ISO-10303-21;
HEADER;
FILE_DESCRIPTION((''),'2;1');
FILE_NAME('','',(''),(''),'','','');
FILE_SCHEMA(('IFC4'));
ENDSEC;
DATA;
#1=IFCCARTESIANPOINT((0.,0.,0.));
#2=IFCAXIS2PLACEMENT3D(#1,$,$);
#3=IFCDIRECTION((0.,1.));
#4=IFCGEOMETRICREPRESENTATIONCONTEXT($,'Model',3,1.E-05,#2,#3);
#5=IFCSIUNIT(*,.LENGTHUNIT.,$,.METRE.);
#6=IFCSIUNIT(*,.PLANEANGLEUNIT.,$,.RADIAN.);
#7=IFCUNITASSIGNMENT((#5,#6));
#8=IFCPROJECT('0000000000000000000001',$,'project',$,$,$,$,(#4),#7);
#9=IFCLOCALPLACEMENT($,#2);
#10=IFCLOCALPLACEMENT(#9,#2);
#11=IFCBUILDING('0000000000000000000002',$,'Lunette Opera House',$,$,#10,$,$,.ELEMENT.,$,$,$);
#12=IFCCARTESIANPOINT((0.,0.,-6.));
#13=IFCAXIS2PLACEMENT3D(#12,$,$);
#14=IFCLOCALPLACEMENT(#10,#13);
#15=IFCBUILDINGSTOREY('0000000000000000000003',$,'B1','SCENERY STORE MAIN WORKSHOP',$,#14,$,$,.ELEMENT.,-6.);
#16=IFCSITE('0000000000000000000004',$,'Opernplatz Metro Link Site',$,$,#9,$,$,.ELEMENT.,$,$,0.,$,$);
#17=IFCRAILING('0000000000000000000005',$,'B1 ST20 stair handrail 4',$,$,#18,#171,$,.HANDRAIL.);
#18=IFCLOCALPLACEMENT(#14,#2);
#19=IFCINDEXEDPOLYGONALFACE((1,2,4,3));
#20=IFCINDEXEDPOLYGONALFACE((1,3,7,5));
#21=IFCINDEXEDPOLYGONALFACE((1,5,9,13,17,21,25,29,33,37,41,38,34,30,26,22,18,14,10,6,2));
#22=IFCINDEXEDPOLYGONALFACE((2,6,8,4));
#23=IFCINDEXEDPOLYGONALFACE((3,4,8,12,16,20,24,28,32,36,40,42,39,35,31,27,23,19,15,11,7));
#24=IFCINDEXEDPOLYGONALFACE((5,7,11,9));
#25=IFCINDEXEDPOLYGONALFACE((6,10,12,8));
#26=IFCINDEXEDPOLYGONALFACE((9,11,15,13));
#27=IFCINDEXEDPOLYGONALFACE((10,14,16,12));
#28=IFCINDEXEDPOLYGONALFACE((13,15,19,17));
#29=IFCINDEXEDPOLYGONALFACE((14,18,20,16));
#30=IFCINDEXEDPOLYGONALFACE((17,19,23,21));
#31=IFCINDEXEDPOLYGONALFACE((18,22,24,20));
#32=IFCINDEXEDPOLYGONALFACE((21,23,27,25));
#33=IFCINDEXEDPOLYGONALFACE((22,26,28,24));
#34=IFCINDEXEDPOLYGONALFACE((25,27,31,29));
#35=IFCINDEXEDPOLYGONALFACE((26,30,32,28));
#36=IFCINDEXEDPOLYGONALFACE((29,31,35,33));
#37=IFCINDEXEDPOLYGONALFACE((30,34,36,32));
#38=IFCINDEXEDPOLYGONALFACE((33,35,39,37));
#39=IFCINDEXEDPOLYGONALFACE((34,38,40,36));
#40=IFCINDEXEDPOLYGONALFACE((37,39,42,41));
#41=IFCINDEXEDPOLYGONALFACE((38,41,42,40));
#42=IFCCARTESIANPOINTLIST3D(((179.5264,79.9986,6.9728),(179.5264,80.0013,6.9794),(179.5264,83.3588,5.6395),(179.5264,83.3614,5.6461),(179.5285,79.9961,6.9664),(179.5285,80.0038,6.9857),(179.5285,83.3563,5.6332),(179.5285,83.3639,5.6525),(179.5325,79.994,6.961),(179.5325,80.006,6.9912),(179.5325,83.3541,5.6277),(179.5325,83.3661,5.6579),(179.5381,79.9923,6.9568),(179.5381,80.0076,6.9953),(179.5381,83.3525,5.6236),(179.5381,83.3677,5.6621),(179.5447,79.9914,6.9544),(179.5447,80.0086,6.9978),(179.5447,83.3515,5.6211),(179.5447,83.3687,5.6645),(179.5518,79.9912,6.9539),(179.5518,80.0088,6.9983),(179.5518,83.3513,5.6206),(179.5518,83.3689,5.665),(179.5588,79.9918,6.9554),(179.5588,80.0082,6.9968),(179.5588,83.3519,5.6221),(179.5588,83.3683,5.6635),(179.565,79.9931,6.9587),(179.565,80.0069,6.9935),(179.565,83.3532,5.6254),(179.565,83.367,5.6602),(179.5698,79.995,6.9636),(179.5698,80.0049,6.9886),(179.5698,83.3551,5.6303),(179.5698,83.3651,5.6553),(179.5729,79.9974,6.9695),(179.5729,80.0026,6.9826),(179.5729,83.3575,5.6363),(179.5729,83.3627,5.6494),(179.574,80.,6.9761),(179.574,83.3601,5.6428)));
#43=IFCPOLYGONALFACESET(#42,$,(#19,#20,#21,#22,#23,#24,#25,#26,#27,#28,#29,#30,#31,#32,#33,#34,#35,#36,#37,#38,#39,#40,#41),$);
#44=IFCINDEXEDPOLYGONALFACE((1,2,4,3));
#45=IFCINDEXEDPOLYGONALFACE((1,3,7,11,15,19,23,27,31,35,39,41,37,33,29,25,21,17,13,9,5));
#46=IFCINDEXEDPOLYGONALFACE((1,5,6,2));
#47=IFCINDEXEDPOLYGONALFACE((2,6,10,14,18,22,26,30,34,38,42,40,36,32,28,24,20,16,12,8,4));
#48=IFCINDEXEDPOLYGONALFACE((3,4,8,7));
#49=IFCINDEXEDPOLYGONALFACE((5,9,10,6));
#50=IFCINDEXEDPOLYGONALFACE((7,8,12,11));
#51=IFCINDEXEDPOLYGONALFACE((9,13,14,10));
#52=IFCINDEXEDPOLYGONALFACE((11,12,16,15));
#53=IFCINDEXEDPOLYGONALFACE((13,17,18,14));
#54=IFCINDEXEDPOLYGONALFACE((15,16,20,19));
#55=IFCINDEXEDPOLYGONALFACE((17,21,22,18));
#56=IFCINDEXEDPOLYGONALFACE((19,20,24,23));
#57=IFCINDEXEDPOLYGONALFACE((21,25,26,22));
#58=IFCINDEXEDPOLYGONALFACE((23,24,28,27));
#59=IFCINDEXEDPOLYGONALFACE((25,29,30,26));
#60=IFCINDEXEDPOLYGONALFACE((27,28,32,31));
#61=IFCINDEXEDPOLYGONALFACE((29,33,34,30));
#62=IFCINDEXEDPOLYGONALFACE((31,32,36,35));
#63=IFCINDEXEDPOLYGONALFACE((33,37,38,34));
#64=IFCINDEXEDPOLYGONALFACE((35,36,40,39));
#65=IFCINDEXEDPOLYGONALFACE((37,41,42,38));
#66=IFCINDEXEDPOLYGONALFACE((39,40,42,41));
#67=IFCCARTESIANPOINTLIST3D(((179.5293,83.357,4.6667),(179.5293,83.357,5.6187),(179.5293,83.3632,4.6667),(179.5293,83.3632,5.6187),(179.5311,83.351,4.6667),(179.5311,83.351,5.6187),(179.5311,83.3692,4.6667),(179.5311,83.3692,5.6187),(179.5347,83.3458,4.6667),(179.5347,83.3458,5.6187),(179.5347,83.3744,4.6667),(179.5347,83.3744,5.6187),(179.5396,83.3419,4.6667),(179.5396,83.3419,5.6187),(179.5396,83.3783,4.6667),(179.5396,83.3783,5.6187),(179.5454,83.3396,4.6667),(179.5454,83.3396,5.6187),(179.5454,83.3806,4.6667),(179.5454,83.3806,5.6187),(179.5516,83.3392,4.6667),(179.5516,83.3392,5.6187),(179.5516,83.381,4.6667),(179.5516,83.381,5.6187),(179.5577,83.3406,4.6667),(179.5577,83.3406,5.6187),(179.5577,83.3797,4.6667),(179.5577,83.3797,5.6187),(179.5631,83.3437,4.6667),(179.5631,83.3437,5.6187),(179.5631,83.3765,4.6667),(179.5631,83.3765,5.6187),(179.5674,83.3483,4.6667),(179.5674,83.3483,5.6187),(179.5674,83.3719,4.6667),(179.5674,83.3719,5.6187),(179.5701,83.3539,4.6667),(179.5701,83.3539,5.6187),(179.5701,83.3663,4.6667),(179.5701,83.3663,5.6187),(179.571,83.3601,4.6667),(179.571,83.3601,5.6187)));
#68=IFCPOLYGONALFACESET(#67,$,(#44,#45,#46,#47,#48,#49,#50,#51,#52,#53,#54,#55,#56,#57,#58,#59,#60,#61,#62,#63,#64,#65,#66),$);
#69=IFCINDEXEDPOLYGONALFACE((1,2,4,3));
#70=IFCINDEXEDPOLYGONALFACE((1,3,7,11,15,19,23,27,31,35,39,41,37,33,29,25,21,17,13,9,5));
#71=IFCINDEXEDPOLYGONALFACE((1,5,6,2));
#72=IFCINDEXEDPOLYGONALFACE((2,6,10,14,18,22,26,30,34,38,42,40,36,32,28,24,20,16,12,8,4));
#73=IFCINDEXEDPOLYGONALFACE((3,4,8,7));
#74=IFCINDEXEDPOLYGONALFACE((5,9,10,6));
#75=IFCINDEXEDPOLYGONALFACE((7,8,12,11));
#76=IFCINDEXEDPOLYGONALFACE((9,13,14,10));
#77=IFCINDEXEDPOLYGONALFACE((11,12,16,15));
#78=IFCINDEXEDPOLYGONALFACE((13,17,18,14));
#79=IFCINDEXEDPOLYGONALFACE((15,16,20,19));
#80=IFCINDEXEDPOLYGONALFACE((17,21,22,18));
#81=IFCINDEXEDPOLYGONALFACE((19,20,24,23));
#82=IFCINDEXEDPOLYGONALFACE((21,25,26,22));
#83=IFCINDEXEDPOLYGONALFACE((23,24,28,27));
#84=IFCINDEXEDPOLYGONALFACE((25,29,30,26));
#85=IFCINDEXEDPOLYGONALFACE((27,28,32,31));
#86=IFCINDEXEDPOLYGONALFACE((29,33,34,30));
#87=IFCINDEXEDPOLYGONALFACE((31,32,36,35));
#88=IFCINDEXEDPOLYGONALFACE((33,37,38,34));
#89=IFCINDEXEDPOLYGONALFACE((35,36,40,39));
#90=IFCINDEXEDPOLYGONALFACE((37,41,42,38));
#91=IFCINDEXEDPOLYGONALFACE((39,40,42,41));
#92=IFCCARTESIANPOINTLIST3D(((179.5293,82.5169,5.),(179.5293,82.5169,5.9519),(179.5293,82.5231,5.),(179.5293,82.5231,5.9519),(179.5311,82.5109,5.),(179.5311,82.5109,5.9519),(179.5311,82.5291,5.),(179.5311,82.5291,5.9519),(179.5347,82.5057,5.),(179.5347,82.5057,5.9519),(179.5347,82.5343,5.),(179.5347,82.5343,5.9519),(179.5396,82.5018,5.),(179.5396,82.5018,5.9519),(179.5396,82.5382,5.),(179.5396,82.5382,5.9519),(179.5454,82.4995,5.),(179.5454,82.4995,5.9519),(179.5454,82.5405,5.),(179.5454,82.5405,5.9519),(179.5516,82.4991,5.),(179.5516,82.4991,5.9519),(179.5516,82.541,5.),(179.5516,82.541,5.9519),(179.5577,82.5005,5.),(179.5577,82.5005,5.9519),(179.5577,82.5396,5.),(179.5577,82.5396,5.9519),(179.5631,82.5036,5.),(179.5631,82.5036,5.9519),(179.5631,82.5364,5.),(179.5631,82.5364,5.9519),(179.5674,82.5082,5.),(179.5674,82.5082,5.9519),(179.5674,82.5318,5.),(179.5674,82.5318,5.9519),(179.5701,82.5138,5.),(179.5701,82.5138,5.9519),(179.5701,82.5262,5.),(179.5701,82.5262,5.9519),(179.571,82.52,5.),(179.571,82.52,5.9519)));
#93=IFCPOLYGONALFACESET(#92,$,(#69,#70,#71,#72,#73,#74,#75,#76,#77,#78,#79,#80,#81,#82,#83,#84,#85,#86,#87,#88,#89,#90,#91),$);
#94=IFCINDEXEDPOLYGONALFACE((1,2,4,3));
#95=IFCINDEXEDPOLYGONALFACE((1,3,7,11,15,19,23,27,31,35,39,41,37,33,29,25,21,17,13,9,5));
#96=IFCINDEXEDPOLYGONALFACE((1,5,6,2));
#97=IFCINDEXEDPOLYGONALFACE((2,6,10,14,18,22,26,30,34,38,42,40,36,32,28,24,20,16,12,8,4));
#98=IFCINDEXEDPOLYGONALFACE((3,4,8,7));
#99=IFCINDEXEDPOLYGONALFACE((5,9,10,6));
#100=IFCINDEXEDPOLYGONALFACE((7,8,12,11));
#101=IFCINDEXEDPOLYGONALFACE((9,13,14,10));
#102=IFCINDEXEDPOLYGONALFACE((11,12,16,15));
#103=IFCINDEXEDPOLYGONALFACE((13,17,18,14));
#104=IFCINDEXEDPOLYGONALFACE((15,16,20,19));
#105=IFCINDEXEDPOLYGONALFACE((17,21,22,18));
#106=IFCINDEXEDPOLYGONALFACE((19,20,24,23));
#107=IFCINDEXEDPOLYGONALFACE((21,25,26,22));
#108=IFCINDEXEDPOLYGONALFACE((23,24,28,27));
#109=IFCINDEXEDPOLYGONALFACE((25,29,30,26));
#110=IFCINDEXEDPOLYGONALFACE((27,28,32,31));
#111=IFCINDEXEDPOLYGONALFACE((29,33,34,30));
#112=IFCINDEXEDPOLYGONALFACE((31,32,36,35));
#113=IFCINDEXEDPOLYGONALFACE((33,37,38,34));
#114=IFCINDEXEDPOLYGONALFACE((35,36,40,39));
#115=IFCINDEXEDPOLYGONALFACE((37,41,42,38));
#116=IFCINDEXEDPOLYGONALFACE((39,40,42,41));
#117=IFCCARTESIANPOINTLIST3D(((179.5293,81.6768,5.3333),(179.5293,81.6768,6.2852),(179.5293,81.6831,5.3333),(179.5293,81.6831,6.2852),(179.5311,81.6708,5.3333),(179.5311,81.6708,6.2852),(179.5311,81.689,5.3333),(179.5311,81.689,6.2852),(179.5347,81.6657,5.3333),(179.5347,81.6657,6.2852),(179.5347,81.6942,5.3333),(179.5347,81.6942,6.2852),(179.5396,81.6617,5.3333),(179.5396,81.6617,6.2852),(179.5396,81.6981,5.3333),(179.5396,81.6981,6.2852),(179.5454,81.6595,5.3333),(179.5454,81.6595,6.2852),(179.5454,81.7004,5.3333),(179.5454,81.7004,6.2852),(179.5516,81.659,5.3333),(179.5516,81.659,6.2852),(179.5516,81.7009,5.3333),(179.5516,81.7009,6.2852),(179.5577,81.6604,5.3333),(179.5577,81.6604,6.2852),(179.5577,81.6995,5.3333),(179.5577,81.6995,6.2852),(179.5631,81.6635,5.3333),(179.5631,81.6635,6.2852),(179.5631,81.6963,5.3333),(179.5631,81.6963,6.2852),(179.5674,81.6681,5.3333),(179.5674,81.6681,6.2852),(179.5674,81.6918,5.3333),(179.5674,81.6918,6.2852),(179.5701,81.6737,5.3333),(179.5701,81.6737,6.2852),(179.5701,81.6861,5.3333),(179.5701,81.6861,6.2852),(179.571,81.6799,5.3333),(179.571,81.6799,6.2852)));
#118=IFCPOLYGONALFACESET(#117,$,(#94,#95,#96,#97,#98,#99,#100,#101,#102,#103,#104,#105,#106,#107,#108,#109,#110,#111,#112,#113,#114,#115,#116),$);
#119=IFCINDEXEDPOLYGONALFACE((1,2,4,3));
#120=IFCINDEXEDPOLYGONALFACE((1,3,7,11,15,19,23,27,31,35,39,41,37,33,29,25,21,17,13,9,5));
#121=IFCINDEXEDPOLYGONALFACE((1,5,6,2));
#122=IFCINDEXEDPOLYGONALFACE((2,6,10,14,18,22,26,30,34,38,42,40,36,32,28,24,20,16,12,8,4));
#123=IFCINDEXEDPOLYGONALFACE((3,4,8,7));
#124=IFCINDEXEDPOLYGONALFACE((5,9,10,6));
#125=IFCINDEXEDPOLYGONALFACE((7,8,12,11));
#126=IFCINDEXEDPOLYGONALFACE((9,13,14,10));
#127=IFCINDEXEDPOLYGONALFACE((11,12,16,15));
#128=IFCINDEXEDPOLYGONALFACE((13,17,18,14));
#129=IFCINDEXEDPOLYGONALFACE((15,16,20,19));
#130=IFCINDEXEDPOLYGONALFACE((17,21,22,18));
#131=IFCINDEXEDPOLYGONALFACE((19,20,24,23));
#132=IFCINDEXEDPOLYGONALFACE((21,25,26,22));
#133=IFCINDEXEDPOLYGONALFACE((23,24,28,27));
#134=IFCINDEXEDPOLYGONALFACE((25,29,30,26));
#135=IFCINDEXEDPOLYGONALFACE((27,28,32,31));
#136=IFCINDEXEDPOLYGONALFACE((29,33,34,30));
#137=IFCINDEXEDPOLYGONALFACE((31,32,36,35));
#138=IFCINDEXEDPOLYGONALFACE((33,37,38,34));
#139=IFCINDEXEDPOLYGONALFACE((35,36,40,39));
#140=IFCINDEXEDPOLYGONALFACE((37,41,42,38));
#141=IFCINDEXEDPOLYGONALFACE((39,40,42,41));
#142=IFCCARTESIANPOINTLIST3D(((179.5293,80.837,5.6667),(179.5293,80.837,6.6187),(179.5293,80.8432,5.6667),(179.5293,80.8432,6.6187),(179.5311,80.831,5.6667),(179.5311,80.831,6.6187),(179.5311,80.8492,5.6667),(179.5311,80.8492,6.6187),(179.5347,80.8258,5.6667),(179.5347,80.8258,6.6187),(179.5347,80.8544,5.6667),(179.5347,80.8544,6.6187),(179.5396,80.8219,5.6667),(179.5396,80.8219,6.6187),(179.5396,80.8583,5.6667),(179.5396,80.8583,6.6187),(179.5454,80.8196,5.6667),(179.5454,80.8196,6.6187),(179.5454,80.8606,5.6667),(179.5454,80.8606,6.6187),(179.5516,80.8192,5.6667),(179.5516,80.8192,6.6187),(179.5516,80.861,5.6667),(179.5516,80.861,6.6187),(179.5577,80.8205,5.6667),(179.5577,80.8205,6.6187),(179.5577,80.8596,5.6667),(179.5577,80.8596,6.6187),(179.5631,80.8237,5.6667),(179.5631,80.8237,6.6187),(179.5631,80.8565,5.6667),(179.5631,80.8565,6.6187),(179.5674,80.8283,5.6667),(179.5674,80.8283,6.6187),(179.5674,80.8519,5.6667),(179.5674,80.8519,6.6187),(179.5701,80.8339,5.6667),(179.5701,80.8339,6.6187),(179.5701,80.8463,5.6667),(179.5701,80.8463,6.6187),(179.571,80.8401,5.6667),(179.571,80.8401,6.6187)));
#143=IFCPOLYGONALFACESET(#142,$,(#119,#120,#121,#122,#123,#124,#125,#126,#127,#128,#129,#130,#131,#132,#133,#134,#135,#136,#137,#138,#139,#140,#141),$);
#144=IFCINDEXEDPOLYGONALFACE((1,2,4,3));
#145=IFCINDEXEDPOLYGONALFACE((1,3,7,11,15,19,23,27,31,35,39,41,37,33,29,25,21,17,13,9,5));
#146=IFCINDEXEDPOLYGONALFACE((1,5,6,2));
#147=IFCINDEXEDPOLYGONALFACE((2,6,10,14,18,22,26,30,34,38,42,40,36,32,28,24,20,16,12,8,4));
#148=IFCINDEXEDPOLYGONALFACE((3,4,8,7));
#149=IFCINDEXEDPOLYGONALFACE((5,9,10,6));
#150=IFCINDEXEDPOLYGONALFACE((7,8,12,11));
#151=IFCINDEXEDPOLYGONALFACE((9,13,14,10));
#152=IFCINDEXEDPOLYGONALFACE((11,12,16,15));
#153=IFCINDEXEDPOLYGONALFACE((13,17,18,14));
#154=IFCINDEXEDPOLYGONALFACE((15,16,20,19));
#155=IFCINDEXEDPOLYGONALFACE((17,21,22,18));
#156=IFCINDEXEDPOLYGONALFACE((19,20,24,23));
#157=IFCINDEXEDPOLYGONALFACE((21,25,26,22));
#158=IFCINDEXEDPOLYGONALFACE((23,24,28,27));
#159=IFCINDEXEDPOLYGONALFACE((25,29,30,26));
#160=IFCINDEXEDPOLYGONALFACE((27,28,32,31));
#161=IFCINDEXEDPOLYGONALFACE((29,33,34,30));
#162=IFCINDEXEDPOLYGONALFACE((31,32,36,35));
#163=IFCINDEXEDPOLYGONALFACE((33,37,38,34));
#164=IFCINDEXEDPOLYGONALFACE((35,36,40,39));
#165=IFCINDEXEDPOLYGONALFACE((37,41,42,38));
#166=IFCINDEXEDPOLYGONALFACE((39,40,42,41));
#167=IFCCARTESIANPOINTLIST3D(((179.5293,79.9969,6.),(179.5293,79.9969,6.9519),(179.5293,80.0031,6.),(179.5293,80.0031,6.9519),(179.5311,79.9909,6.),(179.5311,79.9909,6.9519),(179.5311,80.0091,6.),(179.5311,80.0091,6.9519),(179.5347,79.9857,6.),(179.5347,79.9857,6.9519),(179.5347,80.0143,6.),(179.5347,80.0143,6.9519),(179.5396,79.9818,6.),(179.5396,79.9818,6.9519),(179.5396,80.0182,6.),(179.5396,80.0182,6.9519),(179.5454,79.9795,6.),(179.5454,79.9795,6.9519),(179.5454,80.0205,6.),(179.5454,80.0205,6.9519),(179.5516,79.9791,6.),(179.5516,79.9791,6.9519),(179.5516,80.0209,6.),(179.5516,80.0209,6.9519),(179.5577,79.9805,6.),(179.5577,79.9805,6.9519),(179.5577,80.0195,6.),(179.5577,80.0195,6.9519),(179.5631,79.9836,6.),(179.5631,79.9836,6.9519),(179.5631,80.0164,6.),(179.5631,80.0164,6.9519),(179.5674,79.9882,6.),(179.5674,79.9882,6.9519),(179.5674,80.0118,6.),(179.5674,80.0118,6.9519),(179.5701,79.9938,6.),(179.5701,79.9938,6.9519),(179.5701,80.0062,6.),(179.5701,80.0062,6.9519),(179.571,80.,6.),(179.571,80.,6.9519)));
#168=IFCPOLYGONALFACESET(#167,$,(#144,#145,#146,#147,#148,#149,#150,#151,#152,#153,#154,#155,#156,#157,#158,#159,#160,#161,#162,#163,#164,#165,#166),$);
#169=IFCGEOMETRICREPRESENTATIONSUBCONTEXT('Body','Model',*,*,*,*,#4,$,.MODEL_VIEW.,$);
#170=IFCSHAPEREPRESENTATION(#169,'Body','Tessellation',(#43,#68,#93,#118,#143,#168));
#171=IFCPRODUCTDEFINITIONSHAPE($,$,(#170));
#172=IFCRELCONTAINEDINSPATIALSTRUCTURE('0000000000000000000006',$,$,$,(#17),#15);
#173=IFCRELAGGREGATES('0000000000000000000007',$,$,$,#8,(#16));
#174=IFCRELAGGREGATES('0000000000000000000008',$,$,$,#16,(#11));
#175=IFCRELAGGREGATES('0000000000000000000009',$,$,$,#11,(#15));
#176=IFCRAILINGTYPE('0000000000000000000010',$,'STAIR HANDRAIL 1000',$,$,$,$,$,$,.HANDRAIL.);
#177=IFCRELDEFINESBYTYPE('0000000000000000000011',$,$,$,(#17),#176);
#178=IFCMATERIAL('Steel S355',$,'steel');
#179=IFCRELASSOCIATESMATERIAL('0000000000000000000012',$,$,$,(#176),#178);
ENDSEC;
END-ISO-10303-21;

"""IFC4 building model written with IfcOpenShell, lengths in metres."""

from ifc_helpers import new_model, si_unit, direction, frame, origin, origin_2d, place, context, subcontext, project, spatial, circle, extrude, material, type_object, element, save


model = new_model("IFC4")

# Units and contexts
model_context = context("Model", 3, precision=1e-05, world=origin(), true_north=direction((0.0, 1.0)))
body_context = subcontext(model_context, "Body", "Model", "MODEL_VIEW")
ifc_project = project(units=[si_unit("LENGTHUNIT", "METRE"), si_unit("PLANEANGLEUNIT", "RADIAN")], contexts=[model_context])

# Site, building, storey
site_placement = place(None, origin())
site = spatial("IfcSite", under=ifc_project, at=site_placement, Name="Opernplatz Metro Link Site", CompositionType="ELEMENT", RefElevation=0.0)
building_placement = place(site_placement, origin())
building = spatial("IfcBuilding", under=site, at=building_placement, Name="Lunette Opera House", CompositionType="ELEMENT")
storey_placement = place(building_placement, frame((0.0, 0.0, -6.0)))
storey = spatial("IfcBuildingStorey", under=building, at=storey_placement, Name="B1", Description="SCENERY STORE MAIN WORKSHOP", CompositionType="ELEMENT", Elevation=-6.0)

# Railing
ifc_material_1 = material(Name="Steel S355", Category="steel")
railing_type = type_object("IfcRailingType", Name="STAIR HANDRAIL 1000", PredefinedType="HANDRAIL", material=ifc_material_1)
for number, where, name in (
    (1, (179.55, 83.3601, 4.6667), "B1 ST20 stair handrail 4"),
):
    element("IfcRailing", number, at=place(storey_placement, frame(where)), inside=storey, type_object=railing_type, Name=name, PredefinedType="HANDRAIL", context=body_context, shape_type="SweptSolid", body=[
        extrude(circle(Radius=0.0239, at=origin_2d()), frame((0.0, 0.0, 0.9761), z_axis=(0.0, -0.929502, 0.368816), x_axis=(1.0, 0.0, 0.0)), (0.0, 0.0, 1.0), 3.615),
        extrude(circle(Radius=0.021, at=origin_2d()), origin(), (0.0, 0.0, 1.0), 0.9519),
        extrude(circle(Radius=0.021, at=origin_2d()), frame((0.0, -0.8401, 0.3333)), (0.0, 0.0, 1.0), 0.9519),
        extrude(circle(Radius=0.021, at=origin_2d()), frame((0.0, -1.6802, 0.6665)), (0.0, 0.0, 1.0), 0.9519),
        extrude(circle(Radius=0.021, at=origin_2d()), frame((0.0, -2.52, 1.0)), (0.0, 0.0, 1.0), 0.9519),
        extrude(circle(Radius=0.021, at=origin_2d()), frame((0.0, -3.3601, 1.3333)), (0.0, 0.0, 1.0), 0.9519),
    ])

save(model, "model.ifc")
